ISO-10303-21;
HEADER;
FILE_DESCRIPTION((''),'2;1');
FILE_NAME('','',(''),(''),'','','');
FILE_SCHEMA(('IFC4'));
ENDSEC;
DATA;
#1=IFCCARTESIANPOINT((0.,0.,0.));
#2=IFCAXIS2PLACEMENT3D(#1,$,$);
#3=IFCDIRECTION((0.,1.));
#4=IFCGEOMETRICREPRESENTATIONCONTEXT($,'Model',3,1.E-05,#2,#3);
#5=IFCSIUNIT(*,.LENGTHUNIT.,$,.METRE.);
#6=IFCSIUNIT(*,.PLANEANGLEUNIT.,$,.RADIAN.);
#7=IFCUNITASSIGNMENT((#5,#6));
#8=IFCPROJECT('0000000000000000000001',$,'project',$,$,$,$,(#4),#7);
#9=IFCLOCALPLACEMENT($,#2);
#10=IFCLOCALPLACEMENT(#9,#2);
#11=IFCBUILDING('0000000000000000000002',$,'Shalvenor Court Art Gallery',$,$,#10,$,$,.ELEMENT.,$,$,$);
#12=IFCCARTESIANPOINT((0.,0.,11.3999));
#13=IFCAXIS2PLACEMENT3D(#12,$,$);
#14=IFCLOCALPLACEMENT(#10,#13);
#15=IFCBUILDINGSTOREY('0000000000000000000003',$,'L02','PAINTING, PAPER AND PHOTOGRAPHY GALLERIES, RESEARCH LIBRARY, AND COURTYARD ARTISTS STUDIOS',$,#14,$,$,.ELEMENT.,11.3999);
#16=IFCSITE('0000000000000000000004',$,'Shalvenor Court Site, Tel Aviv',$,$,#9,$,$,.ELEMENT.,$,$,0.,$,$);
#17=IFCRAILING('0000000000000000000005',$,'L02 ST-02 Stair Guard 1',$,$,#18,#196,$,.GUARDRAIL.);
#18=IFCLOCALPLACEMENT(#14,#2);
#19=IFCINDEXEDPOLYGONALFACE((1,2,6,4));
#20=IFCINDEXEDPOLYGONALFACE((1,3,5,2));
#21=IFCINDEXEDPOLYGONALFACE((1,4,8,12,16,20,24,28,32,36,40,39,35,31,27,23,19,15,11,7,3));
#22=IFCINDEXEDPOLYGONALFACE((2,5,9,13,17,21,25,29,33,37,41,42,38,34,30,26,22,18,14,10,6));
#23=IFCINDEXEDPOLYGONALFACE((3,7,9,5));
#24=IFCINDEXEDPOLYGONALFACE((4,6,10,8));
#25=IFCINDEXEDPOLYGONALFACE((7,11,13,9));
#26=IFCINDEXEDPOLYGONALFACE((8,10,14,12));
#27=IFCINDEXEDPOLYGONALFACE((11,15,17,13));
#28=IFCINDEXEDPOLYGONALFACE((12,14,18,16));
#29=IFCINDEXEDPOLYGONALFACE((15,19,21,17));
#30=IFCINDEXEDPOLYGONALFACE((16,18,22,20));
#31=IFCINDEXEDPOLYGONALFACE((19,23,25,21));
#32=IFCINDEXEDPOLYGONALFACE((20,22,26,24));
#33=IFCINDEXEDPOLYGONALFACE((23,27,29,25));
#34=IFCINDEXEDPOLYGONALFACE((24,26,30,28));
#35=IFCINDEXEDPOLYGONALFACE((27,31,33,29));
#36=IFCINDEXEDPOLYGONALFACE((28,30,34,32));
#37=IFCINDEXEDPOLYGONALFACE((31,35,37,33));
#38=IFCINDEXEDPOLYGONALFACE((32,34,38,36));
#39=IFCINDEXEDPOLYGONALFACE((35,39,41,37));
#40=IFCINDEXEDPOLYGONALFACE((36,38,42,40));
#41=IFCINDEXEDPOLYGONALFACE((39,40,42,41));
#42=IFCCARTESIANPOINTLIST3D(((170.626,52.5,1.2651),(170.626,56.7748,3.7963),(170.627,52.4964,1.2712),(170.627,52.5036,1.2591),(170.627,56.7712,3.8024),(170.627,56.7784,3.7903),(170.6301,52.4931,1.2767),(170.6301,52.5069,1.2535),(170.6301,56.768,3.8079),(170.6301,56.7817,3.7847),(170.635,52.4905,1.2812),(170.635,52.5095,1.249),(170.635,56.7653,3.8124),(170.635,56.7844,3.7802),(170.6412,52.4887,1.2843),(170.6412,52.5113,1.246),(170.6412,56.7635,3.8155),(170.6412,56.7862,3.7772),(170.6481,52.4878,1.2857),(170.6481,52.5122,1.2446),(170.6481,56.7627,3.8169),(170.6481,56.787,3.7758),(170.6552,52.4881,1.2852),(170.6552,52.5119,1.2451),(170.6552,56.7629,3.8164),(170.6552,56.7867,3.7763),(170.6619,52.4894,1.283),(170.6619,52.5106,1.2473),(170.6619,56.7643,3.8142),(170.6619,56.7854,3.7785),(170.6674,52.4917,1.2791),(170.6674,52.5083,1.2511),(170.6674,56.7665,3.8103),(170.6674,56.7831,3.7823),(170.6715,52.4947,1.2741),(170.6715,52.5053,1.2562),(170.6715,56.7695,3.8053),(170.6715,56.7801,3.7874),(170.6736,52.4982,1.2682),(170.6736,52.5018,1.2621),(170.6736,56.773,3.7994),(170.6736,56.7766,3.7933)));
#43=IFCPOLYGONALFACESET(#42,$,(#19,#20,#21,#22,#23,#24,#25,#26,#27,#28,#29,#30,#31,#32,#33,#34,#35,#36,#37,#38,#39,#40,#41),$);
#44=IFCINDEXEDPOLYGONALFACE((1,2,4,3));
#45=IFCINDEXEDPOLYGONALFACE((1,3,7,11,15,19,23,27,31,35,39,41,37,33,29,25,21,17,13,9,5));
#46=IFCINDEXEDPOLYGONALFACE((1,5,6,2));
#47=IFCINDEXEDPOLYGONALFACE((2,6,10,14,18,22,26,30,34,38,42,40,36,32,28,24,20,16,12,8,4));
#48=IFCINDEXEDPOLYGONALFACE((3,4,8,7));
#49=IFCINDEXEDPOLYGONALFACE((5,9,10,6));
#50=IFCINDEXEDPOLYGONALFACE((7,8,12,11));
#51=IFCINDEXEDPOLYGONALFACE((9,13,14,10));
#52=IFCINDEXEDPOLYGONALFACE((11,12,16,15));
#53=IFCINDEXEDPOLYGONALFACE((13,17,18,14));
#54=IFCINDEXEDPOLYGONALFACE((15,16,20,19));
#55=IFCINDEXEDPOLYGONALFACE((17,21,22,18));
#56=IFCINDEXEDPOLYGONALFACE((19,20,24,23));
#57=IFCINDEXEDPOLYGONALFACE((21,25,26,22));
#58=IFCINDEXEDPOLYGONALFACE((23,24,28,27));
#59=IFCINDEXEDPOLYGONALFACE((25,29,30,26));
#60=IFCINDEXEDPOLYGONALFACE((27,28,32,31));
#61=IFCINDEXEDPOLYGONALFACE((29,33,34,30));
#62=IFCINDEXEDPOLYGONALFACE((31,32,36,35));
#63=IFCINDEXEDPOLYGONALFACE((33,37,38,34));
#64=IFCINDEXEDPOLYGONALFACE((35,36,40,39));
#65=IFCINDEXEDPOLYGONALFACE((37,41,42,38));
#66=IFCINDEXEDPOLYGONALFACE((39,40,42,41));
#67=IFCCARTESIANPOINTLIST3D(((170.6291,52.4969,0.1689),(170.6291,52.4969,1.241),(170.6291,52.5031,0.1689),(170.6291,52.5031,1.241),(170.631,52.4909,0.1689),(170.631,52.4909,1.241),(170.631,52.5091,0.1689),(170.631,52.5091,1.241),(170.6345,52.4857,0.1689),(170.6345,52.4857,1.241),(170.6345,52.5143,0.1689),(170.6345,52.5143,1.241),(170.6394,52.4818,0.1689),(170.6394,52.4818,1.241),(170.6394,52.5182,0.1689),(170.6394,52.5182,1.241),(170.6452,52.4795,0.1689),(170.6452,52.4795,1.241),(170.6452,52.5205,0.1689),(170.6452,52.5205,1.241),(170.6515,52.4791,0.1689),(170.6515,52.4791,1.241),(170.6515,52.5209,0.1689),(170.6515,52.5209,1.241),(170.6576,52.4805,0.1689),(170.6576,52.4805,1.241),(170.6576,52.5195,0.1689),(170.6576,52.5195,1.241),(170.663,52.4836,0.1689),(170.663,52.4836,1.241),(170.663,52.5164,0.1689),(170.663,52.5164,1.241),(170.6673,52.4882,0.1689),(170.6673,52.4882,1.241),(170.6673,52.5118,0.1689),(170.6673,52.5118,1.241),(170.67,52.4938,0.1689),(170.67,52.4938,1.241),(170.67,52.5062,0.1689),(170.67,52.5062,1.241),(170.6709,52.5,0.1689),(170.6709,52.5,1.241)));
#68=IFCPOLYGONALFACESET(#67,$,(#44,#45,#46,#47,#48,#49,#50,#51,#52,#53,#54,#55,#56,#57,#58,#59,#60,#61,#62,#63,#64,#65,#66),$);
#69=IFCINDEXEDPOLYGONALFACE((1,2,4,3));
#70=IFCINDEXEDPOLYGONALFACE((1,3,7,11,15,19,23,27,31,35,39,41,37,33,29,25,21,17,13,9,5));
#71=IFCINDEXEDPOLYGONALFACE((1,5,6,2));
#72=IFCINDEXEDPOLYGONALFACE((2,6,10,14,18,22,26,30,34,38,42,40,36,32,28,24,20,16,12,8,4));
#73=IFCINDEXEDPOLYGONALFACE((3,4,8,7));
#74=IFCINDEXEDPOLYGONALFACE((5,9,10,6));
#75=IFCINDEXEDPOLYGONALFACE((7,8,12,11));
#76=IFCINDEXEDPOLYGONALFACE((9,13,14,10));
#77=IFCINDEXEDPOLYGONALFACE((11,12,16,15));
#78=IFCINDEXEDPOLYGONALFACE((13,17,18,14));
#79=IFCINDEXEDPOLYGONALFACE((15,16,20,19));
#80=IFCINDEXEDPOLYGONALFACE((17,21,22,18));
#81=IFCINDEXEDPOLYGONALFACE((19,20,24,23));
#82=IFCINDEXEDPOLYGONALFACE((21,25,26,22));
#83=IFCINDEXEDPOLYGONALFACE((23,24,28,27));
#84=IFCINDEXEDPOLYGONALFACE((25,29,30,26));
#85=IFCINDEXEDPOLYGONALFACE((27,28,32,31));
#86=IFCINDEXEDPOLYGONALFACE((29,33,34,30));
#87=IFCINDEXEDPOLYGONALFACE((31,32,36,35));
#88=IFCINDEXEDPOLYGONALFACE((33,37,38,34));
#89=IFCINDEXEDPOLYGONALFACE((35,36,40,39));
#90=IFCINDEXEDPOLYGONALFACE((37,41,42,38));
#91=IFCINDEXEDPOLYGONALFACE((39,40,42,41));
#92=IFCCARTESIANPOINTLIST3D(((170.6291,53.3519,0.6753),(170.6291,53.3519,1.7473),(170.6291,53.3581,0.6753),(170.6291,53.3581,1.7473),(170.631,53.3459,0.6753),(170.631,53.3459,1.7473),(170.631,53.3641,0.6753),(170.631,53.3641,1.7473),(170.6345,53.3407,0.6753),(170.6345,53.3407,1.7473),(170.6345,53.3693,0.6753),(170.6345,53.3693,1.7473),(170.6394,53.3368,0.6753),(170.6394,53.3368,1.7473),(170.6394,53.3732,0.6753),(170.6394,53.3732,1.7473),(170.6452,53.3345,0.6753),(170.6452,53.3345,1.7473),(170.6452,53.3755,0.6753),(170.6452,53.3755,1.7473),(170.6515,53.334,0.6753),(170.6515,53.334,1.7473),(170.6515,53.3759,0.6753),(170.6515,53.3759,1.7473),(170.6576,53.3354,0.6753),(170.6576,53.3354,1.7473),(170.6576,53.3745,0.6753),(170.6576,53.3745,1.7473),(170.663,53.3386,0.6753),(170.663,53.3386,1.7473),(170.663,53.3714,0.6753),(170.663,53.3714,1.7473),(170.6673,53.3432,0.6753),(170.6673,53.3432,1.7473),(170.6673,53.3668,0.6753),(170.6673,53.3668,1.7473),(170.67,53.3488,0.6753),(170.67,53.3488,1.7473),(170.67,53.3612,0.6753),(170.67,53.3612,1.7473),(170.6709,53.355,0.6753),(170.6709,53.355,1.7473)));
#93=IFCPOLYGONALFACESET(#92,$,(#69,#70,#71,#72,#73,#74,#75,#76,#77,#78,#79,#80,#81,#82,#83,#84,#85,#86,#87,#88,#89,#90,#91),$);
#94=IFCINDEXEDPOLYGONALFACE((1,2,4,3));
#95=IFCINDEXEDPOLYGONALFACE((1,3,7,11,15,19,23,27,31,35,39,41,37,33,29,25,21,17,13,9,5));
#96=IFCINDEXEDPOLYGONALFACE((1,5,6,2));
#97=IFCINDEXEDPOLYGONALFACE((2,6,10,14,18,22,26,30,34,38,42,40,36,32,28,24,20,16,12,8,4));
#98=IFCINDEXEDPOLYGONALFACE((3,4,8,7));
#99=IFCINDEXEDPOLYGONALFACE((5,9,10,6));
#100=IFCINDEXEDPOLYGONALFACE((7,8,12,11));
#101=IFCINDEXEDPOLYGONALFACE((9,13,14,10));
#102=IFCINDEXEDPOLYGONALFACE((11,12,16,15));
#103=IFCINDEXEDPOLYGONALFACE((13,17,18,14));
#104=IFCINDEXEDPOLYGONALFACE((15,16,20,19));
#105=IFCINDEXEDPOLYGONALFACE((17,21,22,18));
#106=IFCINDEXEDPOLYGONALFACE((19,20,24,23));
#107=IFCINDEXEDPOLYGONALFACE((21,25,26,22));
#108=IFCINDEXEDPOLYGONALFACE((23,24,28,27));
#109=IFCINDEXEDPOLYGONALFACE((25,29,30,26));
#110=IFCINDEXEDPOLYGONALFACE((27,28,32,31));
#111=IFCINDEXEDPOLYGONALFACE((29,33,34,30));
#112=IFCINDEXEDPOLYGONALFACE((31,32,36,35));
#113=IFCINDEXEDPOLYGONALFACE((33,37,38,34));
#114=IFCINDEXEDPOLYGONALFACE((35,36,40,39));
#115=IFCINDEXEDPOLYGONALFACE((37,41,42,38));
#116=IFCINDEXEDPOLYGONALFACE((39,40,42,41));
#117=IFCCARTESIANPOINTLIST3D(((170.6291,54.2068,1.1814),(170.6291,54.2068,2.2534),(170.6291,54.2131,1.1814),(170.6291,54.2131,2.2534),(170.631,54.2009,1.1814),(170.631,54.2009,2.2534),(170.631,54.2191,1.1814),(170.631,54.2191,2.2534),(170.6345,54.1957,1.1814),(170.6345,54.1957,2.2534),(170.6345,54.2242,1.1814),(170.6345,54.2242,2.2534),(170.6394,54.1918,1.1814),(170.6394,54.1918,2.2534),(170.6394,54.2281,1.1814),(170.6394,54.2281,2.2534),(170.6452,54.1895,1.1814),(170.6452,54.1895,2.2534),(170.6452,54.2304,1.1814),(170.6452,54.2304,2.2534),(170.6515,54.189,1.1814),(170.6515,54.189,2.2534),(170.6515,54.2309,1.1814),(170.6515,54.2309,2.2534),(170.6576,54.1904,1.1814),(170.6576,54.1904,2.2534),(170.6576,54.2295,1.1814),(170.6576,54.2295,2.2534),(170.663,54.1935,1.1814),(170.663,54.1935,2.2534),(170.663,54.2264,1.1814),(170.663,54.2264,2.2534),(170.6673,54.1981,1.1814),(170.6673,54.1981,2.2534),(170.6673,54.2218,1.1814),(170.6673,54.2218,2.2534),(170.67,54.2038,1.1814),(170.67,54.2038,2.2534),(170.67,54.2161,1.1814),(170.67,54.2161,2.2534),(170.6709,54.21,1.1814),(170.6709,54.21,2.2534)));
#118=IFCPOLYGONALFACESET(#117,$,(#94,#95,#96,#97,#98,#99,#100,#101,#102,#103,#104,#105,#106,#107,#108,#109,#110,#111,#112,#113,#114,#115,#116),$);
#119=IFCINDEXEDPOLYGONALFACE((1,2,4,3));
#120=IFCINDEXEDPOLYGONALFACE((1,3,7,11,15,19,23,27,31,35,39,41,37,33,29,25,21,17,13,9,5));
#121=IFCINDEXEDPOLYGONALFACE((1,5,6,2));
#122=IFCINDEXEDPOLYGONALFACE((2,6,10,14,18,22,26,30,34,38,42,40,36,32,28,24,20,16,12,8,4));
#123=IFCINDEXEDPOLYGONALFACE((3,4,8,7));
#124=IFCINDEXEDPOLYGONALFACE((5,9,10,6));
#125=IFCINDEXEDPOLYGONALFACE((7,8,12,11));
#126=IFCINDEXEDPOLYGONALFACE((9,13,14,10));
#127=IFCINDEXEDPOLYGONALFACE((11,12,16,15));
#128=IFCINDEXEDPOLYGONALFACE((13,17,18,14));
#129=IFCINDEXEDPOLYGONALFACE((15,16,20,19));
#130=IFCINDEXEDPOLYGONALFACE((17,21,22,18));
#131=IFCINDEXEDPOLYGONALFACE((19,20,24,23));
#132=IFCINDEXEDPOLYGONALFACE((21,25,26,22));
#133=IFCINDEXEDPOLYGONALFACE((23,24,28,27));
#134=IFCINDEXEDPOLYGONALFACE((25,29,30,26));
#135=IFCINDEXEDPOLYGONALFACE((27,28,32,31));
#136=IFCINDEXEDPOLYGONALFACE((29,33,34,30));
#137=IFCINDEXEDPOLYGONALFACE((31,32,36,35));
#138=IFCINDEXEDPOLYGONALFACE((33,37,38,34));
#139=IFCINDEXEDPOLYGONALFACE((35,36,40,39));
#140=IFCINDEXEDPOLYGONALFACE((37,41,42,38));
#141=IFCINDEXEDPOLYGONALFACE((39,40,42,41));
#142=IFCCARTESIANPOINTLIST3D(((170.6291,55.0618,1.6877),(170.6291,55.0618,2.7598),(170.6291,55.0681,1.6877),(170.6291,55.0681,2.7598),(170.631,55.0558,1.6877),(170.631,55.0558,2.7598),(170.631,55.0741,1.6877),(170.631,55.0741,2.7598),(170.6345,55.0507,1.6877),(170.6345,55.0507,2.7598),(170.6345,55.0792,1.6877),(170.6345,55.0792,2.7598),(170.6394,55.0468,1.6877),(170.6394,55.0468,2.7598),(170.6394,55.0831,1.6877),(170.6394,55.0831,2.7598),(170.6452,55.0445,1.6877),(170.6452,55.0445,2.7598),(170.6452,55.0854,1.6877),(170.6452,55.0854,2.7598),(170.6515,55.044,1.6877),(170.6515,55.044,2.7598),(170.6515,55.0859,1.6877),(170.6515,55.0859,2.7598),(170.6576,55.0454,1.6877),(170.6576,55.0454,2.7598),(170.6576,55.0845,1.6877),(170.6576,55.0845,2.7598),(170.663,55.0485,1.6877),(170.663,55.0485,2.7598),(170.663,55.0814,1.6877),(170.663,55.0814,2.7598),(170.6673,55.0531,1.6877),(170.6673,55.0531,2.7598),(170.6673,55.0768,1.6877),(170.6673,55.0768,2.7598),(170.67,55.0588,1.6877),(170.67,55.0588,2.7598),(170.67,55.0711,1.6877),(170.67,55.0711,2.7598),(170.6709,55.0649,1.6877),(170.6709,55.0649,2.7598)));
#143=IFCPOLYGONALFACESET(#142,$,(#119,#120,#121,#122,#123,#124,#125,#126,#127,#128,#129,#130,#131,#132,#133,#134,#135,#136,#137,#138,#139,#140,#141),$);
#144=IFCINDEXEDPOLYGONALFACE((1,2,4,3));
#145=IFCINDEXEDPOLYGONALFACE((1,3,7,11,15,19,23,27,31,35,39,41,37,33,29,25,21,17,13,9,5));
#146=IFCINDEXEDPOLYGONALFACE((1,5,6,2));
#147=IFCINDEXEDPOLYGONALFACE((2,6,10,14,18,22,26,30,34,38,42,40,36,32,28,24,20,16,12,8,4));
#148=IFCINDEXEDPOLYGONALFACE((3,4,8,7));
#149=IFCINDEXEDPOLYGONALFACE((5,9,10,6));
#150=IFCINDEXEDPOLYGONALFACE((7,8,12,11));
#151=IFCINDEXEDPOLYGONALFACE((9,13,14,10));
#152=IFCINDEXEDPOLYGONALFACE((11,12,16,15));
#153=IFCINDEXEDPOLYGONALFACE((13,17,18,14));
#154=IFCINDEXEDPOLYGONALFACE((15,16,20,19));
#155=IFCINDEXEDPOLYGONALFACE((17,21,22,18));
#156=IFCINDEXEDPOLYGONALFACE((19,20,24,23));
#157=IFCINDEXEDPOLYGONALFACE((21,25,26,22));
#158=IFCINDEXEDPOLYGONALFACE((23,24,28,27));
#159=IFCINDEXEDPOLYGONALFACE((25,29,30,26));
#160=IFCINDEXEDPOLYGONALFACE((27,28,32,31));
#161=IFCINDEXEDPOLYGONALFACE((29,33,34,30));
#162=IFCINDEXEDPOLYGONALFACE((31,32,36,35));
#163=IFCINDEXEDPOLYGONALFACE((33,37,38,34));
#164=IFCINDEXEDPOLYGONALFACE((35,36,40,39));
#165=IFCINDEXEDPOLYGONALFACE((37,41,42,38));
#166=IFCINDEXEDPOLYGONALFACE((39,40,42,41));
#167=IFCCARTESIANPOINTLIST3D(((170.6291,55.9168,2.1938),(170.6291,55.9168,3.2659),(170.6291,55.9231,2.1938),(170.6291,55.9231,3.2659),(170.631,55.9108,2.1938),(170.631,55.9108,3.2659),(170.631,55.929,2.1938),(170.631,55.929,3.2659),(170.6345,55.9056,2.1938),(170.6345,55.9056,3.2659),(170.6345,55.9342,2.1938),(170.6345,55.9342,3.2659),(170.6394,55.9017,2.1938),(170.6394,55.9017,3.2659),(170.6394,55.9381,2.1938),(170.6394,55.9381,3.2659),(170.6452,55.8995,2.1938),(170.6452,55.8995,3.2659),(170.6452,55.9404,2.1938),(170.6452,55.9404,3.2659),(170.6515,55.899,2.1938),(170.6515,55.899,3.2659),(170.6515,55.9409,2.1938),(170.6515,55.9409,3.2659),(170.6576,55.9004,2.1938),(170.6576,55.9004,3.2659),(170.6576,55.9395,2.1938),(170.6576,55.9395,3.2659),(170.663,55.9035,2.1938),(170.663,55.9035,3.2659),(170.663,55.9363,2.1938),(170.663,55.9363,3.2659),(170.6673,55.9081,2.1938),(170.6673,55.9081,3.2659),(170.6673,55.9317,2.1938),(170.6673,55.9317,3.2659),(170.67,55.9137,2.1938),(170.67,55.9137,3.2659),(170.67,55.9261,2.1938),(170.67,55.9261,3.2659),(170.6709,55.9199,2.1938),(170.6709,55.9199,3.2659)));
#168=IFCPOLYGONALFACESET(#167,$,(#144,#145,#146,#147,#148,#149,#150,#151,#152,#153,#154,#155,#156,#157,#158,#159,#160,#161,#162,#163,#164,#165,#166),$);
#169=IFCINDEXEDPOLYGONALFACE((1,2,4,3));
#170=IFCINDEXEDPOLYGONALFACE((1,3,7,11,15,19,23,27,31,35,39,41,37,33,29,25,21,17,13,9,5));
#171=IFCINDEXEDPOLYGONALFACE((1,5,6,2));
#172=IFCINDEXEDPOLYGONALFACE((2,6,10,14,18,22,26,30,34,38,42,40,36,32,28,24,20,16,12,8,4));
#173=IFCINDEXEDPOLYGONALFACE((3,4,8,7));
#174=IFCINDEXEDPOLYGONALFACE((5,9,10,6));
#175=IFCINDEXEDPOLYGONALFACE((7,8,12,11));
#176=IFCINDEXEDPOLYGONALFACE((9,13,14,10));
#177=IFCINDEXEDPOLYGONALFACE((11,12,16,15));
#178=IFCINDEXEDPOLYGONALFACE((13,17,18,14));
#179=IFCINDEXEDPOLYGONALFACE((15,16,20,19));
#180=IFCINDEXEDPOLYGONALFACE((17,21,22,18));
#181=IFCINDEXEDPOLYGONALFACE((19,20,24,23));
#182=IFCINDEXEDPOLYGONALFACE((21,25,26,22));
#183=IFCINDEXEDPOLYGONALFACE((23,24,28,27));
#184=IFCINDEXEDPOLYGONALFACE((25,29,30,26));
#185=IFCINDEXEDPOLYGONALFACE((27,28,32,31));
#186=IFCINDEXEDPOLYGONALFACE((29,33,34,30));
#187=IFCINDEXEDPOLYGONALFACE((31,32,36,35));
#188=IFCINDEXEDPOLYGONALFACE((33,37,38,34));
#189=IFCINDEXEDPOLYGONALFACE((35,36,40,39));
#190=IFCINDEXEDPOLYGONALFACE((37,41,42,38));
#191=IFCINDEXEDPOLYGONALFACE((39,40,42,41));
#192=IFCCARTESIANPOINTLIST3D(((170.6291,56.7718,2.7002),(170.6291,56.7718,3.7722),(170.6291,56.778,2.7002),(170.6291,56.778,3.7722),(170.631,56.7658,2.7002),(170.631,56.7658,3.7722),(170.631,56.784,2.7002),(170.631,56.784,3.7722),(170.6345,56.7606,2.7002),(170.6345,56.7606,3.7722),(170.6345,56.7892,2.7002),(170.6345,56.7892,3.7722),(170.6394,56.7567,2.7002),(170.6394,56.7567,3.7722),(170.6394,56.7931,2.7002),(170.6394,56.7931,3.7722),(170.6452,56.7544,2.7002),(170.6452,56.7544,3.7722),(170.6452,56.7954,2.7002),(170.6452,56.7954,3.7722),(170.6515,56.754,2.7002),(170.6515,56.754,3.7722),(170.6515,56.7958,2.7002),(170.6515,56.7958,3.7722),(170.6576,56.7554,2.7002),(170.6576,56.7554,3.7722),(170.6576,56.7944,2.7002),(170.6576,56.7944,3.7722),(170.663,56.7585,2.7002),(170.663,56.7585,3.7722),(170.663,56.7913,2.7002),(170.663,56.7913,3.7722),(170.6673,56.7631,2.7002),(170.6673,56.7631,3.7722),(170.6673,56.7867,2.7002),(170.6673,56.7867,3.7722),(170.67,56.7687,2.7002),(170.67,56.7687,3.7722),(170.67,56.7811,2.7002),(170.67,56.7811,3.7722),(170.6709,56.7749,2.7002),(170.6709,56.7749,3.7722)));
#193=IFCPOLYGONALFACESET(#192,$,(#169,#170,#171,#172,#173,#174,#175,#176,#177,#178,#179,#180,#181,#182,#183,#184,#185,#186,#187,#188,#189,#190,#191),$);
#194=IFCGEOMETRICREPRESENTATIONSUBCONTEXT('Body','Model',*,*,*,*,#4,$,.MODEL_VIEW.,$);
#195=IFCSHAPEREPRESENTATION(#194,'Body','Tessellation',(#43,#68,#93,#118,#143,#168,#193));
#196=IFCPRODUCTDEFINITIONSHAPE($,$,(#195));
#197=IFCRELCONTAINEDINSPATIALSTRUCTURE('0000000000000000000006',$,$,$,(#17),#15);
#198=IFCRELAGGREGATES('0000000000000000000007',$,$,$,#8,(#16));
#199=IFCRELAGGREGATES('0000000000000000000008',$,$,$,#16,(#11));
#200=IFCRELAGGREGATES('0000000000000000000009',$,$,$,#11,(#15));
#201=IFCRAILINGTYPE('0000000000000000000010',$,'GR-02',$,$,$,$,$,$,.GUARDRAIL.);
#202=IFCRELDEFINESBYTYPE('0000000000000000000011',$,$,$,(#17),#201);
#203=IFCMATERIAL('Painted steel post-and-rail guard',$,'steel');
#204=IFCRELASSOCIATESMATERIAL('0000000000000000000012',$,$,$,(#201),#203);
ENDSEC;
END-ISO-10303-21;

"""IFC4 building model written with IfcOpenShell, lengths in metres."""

from ifc_helpers import new_model, si_unit, direction, frame, origin, origin_2d, place, context, subcontext, project, spatial, circle, extrude, material, type_object, element, save


model = new_model("IFC4")

# Units and contexts
model_context = context("Model", 3, precision=1e-05, world=origin(), true_north=direction((0.0, 1.0)))
body_context = subcontext(model_context, "Body", "Model", "MODEL_VIEW")
ifc_project = project(units=[si_unit("LENGTHUNIT", "METRE"), si_unit("PLANEANGLEUNIT", "RADIAN")], contexts=[model_context])

# Site, building, storey
site_placement = place(None, origin())
site = spatial("IfcSite", under=ifc_project, at=site_placement, Name="Shalvenor Court Site, Tel Aviv", CompositionType="ELEMENT", RefElevation=0.0)
building_placement = place(site_placement, origin())
building = spatial("IfcBuilding", under=site, at=building_placement, Name="Shalvenor Court Art Gallery", CompositionType="ELEMENT")
storey_placement = place(building_placement, frame((0.0, 0.0, 11.3999)))
storey = spatial("IfcBuildingStorey", under=building, at=storey_placement, Name="L02", Description="PAINTING, PAPER AND PHOTOGRAPHY GALLERIES, RESEARCH LIBRARY, AND COURTYARD ARTISTS STUDIOS", CompositionType="ELEMENT", Elevation=11.3999)

# Railing
ifc_material_1 = material(Name="Painted steel post-and-rail guard", Category="steel")
railing_type_1 = type_object("IfcRailingType", Name="GR-02", PredefinedType="GUARDRAIL", material=ifc_material_1)
railing_1_placement = place(storey_placement, frame((170.6499, 52.5, 0.1689)))
element("IfcRailing", 1, at=railing_1_placement, inside=storey, type_object=railing_type_1, Name="L02 ST-02 Stair Guard 1", PredefinedType="GUARDRAIL", context=body_context, shape_type="SweptSolid", body=[
    extrude(circle(Radius=0.0239, at=origin_2d()), frame((0.0, 0.0, 1.0962), z_axis=(0.0, 0.86047, 0.509501), x_axis=(-1.0, 0.0, 0.0)), (0.0, 0.0, 1.0), 4.968),
    extrude(circle(Radius=0.021, at=origin_2d()), origin(), (0.0, 0.0, 1.0), 1.072),
    extrude(circle(Radius=0.021, at=origin_2d()), frame((0.0, 0.855, 0.5063)), (0.0, 0.0, 1.0), 1.072),
    extrude(circle(Radius=0.021, at=origin_2d()), frame((0.0, 1.71, 1.0125)), (0.0, 0.0, 1.0), 1.072),
    extrude(circle(Radius=0.021, at=origin_2d()), frame((0.0, 2.5649, 1.5188)), (0.0, 0.0, 1.0), 1.072),
    extrude(circle(Radius=0.021, at=origin_2d()), frame((0.0, 3.4199, 2.0249)), (0.0, 0.0, 1.0), 1.072),
    extrude(circle(Radius=0.021, at=origin_2d()), frame((0.0, 4.2749, 2.5312)), (0.0, 0.0, 1.0), 1.072),
])

save(model, "model.ifc")
